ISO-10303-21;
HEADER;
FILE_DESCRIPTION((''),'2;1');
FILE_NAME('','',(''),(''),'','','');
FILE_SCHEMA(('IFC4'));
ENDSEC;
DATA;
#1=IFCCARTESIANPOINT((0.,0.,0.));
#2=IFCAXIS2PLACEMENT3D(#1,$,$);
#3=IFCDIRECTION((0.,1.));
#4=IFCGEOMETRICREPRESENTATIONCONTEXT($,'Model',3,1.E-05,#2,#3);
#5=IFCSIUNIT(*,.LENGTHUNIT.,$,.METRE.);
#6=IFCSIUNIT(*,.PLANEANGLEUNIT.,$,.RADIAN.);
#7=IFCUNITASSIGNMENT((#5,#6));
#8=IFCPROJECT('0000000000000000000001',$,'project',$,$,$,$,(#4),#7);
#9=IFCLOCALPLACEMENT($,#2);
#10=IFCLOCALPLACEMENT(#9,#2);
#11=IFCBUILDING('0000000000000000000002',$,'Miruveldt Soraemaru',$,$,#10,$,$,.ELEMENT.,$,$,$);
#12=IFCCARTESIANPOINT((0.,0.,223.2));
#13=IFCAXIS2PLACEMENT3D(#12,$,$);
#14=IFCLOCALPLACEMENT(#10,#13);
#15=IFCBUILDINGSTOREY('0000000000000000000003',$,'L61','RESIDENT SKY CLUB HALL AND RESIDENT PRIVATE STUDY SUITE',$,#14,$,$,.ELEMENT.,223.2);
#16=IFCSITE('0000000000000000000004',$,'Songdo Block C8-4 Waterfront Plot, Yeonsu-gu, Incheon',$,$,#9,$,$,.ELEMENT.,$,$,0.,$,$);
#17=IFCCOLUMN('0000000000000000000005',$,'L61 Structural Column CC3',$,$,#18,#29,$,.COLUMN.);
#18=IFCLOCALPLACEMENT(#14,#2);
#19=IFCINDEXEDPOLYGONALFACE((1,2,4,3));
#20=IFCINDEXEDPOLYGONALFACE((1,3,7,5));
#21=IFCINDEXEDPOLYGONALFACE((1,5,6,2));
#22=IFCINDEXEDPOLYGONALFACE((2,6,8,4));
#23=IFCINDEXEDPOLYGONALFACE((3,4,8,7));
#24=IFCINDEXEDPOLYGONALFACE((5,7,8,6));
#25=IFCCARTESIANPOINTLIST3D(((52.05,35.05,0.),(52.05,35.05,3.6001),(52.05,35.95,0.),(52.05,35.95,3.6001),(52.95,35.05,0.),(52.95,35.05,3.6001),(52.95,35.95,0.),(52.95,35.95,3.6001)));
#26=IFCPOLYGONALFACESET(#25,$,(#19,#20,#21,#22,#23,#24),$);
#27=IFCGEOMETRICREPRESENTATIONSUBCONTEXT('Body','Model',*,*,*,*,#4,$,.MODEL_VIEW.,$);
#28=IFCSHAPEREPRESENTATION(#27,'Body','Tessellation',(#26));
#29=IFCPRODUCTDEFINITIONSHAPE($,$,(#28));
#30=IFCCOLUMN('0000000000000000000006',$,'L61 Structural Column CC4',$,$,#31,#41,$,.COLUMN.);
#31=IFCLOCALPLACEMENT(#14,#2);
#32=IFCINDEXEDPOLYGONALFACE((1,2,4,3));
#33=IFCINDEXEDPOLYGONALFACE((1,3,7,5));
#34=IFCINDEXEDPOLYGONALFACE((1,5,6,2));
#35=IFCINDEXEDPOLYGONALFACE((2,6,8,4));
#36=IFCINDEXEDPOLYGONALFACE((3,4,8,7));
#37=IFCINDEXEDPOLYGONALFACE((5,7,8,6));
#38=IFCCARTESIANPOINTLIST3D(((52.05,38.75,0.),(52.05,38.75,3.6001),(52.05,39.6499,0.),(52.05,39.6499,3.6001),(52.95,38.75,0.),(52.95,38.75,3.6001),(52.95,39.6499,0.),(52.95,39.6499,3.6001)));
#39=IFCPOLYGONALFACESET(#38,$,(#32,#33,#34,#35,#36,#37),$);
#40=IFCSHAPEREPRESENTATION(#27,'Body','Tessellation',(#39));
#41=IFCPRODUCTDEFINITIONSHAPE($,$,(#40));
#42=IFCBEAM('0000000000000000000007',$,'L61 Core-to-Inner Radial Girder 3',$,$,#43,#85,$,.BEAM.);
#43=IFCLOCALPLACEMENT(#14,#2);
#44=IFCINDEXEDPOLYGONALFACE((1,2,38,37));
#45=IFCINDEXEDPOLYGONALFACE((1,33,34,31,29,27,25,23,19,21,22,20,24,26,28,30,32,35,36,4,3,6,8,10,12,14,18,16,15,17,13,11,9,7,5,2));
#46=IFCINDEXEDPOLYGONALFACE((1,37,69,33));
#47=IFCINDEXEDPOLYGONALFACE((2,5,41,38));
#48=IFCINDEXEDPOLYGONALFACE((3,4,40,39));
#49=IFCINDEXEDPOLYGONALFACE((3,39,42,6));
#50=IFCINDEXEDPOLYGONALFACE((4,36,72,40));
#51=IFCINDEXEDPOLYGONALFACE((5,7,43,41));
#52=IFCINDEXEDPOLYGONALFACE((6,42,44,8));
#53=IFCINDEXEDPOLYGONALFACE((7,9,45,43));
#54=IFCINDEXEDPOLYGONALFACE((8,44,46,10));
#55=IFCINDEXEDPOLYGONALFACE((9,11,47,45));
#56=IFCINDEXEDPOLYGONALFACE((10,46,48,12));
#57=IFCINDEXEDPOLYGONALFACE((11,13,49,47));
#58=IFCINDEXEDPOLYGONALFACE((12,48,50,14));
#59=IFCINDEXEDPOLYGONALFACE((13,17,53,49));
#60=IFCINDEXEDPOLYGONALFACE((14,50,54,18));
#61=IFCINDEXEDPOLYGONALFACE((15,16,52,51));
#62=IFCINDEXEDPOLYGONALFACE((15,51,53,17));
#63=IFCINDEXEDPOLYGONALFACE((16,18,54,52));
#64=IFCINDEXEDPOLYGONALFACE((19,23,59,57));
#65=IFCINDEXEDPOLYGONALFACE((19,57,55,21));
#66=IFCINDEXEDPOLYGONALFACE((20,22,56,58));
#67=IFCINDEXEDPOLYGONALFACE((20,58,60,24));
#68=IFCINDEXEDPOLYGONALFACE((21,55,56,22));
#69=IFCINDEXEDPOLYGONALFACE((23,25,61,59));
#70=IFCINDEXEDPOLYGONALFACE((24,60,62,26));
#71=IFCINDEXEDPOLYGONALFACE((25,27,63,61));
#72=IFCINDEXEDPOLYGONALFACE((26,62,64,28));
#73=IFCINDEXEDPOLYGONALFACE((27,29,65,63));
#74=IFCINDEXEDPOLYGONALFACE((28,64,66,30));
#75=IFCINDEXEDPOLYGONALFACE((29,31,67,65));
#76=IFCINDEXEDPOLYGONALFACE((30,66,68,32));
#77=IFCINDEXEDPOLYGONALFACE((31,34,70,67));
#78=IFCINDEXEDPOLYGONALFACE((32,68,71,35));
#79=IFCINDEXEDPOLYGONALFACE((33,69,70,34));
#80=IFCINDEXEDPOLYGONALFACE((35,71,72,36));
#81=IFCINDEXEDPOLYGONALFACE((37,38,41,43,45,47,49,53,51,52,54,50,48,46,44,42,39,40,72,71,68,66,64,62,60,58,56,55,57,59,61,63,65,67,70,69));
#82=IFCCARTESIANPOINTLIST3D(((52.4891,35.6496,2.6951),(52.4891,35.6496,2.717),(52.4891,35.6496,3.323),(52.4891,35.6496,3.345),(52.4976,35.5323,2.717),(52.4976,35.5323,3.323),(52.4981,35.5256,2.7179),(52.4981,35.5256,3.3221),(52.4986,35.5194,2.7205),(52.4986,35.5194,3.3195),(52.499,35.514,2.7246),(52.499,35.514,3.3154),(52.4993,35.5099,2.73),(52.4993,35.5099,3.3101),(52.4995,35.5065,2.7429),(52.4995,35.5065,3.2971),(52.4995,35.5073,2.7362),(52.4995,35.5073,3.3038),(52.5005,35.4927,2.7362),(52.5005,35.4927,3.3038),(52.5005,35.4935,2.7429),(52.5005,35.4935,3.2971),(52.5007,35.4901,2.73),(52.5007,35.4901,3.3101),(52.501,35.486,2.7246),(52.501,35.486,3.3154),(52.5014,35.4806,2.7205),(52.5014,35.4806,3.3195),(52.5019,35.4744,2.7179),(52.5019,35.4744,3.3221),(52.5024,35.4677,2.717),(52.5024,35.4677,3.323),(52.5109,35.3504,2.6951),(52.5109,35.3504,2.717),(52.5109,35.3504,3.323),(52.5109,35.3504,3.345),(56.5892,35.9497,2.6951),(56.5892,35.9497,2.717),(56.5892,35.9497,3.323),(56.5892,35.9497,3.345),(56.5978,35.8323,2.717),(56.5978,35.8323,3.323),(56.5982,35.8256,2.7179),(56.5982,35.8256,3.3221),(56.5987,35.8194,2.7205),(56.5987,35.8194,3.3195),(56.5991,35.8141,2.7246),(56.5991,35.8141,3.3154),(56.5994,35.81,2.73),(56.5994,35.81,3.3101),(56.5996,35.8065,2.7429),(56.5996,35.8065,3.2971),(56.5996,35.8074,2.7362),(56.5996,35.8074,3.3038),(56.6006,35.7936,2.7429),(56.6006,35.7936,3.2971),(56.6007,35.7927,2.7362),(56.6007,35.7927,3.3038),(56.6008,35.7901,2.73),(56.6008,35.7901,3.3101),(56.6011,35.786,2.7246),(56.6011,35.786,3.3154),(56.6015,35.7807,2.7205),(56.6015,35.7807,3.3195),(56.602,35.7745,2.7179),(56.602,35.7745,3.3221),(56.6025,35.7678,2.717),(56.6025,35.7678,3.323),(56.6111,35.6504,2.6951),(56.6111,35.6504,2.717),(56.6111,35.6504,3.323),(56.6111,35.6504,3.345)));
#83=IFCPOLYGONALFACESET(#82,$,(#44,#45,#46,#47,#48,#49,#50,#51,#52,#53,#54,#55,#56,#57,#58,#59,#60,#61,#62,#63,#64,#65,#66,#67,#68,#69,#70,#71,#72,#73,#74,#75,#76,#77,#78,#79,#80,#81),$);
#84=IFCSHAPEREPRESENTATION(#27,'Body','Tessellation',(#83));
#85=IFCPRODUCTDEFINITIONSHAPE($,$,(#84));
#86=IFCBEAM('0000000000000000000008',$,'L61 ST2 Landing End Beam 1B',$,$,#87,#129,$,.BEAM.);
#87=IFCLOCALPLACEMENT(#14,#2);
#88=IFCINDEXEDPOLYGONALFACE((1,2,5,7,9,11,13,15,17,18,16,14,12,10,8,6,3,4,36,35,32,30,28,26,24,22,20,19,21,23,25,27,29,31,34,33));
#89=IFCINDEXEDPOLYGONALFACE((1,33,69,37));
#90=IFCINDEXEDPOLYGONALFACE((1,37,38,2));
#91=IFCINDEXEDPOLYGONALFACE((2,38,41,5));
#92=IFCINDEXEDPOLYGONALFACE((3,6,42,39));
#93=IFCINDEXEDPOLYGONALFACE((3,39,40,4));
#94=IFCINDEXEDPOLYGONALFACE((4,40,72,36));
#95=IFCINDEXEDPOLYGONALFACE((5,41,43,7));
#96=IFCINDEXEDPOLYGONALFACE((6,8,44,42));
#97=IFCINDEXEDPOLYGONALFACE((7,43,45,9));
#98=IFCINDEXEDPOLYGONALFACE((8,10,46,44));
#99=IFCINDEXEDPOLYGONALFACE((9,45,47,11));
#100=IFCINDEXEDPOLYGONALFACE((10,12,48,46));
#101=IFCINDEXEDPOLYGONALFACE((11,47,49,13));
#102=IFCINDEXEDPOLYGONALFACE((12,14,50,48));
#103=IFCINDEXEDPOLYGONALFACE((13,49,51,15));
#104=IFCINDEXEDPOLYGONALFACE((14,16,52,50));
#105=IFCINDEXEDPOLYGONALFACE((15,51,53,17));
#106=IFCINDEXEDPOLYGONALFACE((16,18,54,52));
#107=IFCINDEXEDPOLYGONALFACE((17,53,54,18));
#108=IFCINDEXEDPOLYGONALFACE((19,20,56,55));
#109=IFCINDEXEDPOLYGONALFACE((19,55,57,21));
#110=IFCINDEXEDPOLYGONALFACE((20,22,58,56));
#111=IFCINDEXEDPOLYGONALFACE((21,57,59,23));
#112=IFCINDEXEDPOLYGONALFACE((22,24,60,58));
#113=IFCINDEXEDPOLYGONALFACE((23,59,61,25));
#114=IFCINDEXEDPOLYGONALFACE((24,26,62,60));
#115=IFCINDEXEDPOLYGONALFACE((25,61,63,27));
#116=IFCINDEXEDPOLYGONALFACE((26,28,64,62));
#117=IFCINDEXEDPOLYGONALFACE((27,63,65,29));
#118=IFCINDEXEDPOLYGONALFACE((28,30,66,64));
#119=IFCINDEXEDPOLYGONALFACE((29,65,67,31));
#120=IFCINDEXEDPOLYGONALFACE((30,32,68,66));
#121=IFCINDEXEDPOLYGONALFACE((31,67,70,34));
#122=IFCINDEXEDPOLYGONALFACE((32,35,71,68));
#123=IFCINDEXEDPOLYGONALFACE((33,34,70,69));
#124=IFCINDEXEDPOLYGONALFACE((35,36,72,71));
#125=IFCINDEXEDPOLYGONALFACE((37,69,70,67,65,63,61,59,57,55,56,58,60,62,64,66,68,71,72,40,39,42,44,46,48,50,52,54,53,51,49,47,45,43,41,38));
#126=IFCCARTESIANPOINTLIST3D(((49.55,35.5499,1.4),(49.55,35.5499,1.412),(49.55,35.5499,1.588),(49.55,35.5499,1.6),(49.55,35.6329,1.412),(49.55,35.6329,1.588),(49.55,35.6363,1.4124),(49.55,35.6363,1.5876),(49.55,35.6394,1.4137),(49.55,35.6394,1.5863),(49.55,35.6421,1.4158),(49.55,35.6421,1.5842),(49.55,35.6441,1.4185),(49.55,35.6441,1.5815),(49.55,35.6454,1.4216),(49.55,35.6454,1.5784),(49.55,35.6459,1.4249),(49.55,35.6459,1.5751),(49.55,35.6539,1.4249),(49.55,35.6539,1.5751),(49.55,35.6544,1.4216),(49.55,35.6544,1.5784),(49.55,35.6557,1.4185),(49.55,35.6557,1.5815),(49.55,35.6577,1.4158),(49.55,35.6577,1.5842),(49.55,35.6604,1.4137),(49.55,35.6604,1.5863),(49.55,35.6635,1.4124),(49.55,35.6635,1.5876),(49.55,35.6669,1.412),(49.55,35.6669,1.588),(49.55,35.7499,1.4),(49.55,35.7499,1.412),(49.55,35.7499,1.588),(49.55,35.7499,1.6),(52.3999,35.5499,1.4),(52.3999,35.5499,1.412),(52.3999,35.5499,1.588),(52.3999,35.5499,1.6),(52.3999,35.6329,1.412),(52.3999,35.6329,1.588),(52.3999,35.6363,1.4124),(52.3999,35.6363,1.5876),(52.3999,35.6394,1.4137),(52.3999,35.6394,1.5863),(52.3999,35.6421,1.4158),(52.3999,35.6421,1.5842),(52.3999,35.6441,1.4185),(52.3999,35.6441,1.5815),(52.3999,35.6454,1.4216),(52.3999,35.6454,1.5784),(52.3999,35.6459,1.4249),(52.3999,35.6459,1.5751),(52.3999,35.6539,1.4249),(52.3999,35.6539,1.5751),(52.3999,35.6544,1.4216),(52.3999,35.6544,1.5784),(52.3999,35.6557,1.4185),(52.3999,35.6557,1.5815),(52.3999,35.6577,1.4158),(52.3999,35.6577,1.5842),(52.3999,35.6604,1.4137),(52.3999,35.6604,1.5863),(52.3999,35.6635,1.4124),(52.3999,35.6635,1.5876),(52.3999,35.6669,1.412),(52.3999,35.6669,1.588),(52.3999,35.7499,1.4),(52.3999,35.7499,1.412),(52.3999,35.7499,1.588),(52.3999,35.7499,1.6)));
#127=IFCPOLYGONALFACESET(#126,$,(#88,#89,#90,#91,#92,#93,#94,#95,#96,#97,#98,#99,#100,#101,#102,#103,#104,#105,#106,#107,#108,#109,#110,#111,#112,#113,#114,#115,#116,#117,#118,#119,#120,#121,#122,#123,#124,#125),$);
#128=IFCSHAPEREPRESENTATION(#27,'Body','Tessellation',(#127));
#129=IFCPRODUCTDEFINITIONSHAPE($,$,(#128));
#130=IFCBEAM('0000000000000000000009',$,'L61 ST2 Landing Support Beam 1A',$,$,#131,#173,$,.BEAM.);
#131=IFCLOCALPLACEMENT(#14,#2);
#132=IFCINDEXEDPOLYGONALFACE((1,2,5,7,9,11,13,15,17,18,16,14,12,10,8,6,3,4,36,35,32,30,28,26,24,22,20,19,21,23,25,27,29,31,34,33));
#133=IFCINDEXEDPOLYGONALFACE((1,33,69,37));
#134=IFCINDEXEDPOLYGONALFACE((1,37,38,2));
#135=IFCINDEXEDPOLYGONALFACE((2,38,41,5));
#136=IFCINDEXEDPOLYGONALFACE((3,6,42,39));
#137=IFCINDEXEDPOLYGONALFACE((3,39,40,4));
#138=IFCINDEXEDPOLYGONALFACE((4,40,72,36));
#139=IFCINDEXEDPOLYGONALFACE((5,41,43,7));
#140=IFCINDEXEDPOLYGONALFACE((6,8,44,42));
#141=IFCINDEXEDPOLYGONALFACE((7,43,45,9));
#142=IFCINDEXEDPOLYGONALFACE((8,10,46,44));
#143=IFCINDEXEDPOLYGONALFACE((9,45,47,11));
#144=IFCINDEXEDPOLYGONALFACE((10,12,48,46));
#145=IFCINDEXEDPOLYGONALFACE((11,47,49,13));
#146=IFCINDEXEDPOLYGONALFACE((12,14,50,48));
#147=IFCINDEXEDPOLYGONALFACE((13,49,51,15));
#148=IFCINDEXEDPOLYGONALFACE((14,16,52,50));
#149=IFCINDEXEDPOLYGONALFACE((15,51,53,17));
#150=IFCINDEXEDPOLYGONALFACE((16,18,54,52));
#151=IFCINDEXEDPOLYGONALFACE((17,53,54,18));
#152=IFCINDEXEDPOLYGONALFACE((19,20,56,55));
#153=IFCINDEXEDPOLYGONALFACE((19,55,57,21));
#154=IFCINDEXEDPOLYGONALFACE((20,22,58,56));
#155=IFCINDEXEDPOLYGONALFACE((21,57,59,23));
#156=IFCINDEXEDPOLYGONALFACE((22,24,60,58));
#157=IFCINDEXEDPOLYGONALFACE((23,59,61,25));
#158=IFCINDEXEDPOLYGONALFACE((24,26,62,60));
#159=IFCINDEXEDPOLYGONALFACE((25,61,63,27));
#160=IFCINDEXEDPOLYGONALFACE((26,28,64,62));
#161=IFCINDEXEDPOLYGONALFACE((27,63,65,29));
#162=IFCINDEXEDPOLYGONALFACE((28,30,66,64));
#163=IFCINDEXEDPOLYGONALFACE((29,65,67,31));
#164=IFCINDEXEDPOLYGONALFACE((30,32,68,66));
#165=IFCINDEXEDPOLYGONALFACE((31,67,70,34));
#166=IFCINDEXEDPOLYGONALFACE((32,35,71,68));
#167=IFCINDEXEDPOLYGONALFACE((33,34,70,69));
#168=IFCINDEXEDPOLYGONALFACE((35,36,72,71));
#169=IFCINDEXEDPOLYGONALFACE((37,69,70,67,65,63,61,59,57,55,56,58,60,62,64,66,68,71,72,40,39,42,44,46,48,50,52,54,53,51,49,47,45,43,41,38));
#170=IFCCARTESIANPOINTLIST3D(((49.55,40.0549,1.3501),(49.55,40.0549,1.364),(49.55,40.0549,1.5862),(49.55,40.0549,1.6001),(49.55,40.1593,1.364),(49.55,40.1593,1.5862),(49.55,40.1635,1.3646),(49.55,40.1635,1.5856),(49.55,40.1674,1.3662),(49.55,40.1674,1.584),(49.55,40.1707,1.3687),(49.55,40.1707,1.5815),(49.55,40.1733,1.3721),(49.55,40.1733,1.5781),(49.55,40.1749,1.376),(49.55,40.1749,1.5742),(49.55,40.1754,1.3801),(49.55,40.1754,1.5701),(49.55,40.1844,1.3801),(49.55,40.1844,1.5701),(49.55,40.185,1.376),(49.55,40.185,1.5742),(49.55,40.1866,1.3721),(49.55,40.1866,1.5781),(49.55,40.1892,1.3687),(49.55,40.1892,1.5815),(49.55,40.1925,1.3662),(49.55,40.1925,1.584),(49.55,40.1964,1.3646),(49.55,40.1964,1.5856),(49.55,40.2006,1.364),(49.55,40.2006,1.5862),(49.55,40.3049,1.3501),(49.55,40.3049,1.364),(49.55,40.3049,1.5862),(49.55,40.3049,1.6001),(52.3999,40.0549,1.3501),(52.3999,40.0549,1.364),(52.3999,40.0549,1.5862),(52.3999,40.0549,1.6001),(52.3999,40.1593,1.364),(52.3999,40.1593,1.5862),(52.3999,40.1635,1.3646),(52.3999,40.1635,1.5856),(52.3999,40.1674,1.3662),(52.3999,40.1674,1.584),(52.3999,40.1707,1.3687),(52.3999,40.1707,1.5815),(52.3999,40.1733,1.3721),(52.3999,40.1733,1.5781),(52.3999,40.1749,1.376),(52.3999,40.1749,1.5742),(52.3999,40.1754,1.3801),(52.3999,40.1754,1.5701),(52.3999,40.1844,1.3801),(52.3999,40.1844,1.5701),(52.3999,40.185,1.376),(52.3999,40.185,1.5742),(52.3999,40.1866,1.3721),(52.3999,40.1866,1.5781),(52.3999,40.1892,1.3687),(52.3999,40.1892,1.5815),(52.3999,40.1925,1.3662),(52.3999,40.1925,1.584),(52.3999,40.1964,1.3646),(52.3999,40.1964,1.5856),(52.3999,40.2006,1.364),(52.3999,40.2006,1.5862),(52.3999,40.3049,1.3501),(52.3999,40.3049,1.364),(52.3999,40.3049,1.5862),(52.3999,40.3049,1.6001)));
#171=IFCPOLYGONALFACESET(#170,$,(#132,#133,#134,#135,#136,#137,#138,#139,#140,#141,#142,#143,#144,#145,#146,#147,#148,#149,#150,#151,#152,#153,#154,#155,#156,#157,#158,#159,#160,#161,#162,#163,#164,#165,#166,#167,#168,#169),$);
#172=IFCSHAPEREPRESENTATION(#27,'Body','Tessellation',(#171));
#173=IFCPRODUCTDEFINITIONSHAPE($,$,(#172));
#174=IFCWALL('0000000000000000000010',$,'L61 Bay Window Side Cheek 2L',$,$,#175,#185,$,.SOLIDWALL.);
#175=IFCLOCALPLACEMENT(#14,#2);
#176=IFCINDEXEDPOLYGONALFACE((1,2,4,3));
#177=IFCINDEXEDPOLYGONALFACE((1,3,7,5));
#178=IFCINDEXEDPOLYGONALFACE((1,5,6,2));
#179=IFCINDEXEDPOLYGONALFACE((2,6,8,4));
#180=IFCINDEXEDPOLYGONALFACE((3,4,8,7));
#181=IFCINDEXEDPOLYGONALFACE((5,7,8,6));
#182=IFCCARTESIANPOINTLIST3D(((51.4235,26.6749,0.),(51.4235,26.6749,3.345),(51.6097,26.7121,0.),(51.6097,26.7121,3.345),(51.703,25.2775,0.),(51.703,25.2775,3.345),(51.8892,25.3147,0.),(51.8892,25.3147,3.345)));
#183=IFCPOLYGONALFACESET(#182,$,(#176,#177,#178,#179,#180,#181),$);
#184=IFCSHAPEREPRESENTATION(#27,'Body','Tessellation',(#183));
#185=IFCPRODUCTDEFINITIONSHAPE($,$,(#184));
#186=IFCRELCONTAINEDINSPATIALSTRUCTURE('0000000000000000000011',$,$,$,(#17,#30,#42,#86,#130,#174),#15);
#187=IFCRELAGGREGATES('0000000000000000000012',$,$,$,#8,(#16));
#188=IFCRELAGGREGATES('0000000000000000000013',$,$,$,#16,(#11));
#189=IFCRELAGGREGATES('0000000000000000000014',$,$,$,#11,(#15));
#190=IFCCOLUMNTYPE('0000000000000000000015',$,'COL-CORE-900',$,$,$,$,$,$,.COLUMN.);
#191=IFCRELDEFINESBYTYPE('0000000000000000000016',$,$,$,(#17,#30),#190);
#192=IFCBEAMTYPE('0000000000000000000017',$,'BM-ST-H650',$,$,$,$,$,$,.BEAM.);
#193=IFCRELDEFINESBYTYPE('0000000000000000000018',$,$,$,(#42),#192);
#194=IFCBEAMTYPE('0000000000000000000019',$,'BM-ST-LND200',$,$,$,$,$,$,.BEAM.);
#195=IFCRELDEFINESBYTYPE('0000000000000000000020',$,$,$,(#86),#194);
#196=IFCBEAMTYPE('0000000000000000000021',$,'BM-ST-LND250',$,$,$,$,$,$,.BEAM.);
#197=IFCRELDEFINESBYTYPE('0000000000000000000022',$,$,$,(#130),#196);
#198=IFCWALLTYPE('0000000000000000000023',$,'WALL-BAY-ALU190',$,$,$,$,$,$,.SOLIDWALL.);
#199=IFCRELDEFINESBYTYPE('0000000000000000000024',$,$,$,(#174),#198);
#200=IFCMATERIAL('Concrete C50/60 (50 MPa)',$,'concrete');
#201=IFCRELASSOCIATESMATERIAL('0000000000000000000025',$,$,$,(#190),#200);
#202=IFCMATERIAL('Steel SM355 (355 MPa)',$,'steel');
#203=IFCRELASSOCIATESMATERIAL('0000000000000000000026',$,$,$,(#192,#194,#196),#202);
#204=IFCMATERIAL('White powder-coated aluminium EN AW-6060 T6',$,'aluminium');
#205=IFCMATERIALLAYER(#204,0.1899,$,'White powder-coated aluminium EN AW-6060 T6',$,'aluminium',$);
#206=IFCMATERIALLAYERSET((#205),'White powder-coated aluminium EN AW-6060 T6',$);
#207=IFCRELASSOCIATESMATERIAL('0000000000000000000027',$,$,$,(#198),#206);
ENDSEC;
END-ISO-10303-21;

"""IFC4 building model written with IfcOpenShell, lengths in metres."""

from ifc_helpers import new_model, si_unit, direction, frame, frame_2d, origin, origin_2d, place, context, subcontext, project, spatial, rectangle, i_section, extrude, material, layer, layer_set, material_profile, profile_set, type_object, element, save


model = new_model("IFC4")

# Units and contexts
model_context = context("Model", 3, precision=1e-05, world=origin(), true_north=direction((0.0, 1.0)))
body_context = subcontext(model_context, "Body", "Model", "MODEL_VIEW")
ifc_project = project(units=[si_unit("LENGTHUNIT", "METRE"), si_unit("PLANEANGLEUNIT", "RADIAN")], contexts=[model_context])

# Site, building, storey
site_placement = place(None, origin())
site = spatial("IfcSite", under=ifc_project, at=site_placement, Name="Songdo Block C8-4 Waterfront Plot, Yeonsu-gu, Incheon", CompositionType="ELEMENT", RefElevation=0.0)
building_placement = place(site_placement, origin())
building = spatial("IfcBuilding", under=site, at=building_placement, Name="Miruveldt Soraemaru", CompositionType="ELEMENT")
storey_placement = place(building_placement, frame((0.0, 0.0, 223.2)))
storey = spatial("IfcBuildingStorey", under=building, at=storey_placement, Name="L61", Description="RESIDENT SKY CLUB HALL AND RESIDENT PRIVATE STUDY SUITE", CompositionType="ELEMENT", Elevation=223.2)

# Columns
ifc_material_1 = material(Name="Concrete C50/60 (50 MPa)", Category="concrete")
ifc_material_profile_1 = material_profile(ifc_material_1, rectangle(XDim=0.8999, YDim=0.8999, at=origin_2d()), Name="Concrete C50/60 (50 MPa)", Category="concrete")
ifc_profile_set_1 = profile_set([ifc_material_profile_1], Name="Concrete C50/60 (50 MPa)")
column_type = type_object("IfcColumnType", Name="COL-CORE-900", PredefinedType="COLUMN", material=ifc_profile_set_1)
for number, where, z_axis, x_axis, name in (
    (1, (52.5, 35.5, 0.0), (0.0, 0.0, 1.0), (1.0, 0.0, 0.0), "L61 Structural Column CC3"),
    (2, (52.5, 39.2, 0.0), (0.0, 0.0, 1.0), (1.0, 0.0, 0.0), "L61 Structural Column CC4"),
):
    element("IfcColumn", number, at=place(storey_placement, frame(where, z_axis=z_axis, x_axis=x_axis)), inside=storey, type_object=column_type, Name=name, PredefinedType="COLUMN", context=body_context, shape_type="SweptSolid", body=[
        extrude(rectangle(XDim=0.8999, YDim=0.8999, at=origin_2d()), origin(), (0.0, 0.0, 1.0), 3.6001),
    ])

# Beams
ifc_material_2 = material(Name="Steel SM355 (355 MPa)", Category="steel")
ifc_material_profile_2 = material_profile(ifc_material_2, i_section(OverallWidth=0.3, OverallDepth=0.6499, WebThickness=0.0129, FlangeThickness=0.022, FilletRadius=0.0259, at=origin_2d()), Name="Steel SM355 (355 MPa)", Category="steel")
ifc_profile_set_2 = profile_set([ifc_material_profile_2], Name="Steel SM355 (355 MPa)")
beam_type_1 = type_object("IfcBeamType", Name="BM-ST-H650", PredefinedType="BEAM", material=ifc_profile_set_2)
beam_1_placement = place(storey_placement, frame((52.5, 35.5, 3.02), z_axis=(0.997333, 0.072986, 0.0), x_axis=(-0.072986, 0.997333, 0.0)))
element("IfcBeam", 3, at=beam_1_placement, inside=storey, type_object=beam_type_1, Name="L61 Core-to-Inner Radial Girder 3", PredefinedType="BEAM", context=body_context, shape_type="SweptSolid", body=[
    extrude(i_section(OverallWidth=0.3, OverallDepth=0.6499, WebThickness=0.0129, FlangeThickness=0.022, FilletRadius=0.0259, at=origin_2d()), origin(), (0.0, 0.0, 1.0), 4.1111),
])
ifc_material_profile_3 = material_profile(ifc_material_2, i_section(OverallWidth=0.2, OverallDepth=0.2, WebThickness=0.0081, FlangeThickness=0.012, FilletRadius=0.0129, at=origin_2d()), Name="Steel SM355 (355 MPa)", Category="steel")
ifc_profile_set_3 = profile_set([ifc_material_profile_3], Name="Steel SM355 (355 MPa)")
beam_type_2 = type_object("IfcBeamType", Name="BM-ST-LND200", PredefinedType="BEAM", material=ifc_profile_set_3)
beam_2_placement = place(storey_placement, frame((49.55, 35.6499, 1.5), z_axis=(1.0, 0.0, 0.0), x_axis=(0.0, 1.0, 0.0)))
element("IfcBeam", 4, at=beam_2_placement, inside=storey, type_object=beam_type_2, Name="L61 ST2 Landing End Beam 1B", PredefinedType="BEAM", context=body_context, shape_type="SweptSolid", body=[
    extrude(i_section(OverallWidth=0.2, OverallDepth=0.2, WebThickness=0.0081, FlangeThickness=0.012, FilletRadius=0.0129, at=origin_2d()), origin(), (0.0, 0.0, 1.0), 2.8499),
])
ifc_material_profile_4 = material_profile(ifc_material_2, i_section(OverallWidth=0.25, OverallDepth=0.25, WebThickness=0.009, FlangeThickness=0.0139, FilletRadius=0.0161, at=origin_2d()), Name="Steel SM355 (355 MPa)", Category="steel")
ifc_profile_set_4 = profile_set([ifc_material_profile_4], Name="Steel SM355 (355 MPa)")
beam_type_3 = type_object("IfcBeamType", Name="BM-ST-LND250", PredefinedType="BEAM", material=ifc_profile_set_4)
beam_3_placement = place(storey_placement, frame((49.55, 40.1799, 1.4751), z_axis=(1.0, 0.0, 0.0), x_axis=(0.0, 1.0, 0.0)))
element("IfcBeam", 5, at=beam_3_placement, inside=storey, type_object=beam_type_3, Name="L61 ST2 Landing Support Beam 1A", PredefinedType="BEAM", context=body_context, shape_type="SweptSolid", body=[
    extrude(i_section(OverallWidth=0.25, OverallDepth=0.25, WebThickness=0.009, FlangeThickness=0.0139, FilletRadius=0.0161, at=origin_2d()), origin(), (0.0, 0.0, 1.0), 2.8499),
])

# Wall
ifc_material_3 = material(Name="White powder-coated aluminium EN AW-6060 T6", Category="aluminium")
ifc_layer_1 = layer(ifc_material_3, 0.1899, Name="White powder-coated aluminium EN AW-6060 T6", Category="aluminium")
ifc_layer_set_1 = layer_set([ifc_layer_1], Name="White powder-coated aluminium EN AW-6060 T6")
wall_type_1 = type_object("IfcWallType", Name="WALL-BAY-ALU190", PredefinedType="SOLIDWALL", material=ifc_layer_set_1)
wall_1_placement = place(storey_placement, frame((51.5166, 26.6934, 0.0), z_axis=(0.0, 0.0, 1.0), x_axis=(0.196149, -0.980574, 0.0)))
element("IfcWall", 6, at=wall_1_placement, inside=storey, type_object=wall_type_1, Name="L61 Bay Window Side Cheek 2L", PredefinedType="SOLIDWALL", context=body_context, shape_type="SweptSolid", body=[
    extrude(rectangle(XDim=1.425, YDim=0.1899, at=frame_2d((0.7124, 0.0))), origin(), (0.0, 0.0, 1.0), 3.345),
])

save(model, "model.ifc")
